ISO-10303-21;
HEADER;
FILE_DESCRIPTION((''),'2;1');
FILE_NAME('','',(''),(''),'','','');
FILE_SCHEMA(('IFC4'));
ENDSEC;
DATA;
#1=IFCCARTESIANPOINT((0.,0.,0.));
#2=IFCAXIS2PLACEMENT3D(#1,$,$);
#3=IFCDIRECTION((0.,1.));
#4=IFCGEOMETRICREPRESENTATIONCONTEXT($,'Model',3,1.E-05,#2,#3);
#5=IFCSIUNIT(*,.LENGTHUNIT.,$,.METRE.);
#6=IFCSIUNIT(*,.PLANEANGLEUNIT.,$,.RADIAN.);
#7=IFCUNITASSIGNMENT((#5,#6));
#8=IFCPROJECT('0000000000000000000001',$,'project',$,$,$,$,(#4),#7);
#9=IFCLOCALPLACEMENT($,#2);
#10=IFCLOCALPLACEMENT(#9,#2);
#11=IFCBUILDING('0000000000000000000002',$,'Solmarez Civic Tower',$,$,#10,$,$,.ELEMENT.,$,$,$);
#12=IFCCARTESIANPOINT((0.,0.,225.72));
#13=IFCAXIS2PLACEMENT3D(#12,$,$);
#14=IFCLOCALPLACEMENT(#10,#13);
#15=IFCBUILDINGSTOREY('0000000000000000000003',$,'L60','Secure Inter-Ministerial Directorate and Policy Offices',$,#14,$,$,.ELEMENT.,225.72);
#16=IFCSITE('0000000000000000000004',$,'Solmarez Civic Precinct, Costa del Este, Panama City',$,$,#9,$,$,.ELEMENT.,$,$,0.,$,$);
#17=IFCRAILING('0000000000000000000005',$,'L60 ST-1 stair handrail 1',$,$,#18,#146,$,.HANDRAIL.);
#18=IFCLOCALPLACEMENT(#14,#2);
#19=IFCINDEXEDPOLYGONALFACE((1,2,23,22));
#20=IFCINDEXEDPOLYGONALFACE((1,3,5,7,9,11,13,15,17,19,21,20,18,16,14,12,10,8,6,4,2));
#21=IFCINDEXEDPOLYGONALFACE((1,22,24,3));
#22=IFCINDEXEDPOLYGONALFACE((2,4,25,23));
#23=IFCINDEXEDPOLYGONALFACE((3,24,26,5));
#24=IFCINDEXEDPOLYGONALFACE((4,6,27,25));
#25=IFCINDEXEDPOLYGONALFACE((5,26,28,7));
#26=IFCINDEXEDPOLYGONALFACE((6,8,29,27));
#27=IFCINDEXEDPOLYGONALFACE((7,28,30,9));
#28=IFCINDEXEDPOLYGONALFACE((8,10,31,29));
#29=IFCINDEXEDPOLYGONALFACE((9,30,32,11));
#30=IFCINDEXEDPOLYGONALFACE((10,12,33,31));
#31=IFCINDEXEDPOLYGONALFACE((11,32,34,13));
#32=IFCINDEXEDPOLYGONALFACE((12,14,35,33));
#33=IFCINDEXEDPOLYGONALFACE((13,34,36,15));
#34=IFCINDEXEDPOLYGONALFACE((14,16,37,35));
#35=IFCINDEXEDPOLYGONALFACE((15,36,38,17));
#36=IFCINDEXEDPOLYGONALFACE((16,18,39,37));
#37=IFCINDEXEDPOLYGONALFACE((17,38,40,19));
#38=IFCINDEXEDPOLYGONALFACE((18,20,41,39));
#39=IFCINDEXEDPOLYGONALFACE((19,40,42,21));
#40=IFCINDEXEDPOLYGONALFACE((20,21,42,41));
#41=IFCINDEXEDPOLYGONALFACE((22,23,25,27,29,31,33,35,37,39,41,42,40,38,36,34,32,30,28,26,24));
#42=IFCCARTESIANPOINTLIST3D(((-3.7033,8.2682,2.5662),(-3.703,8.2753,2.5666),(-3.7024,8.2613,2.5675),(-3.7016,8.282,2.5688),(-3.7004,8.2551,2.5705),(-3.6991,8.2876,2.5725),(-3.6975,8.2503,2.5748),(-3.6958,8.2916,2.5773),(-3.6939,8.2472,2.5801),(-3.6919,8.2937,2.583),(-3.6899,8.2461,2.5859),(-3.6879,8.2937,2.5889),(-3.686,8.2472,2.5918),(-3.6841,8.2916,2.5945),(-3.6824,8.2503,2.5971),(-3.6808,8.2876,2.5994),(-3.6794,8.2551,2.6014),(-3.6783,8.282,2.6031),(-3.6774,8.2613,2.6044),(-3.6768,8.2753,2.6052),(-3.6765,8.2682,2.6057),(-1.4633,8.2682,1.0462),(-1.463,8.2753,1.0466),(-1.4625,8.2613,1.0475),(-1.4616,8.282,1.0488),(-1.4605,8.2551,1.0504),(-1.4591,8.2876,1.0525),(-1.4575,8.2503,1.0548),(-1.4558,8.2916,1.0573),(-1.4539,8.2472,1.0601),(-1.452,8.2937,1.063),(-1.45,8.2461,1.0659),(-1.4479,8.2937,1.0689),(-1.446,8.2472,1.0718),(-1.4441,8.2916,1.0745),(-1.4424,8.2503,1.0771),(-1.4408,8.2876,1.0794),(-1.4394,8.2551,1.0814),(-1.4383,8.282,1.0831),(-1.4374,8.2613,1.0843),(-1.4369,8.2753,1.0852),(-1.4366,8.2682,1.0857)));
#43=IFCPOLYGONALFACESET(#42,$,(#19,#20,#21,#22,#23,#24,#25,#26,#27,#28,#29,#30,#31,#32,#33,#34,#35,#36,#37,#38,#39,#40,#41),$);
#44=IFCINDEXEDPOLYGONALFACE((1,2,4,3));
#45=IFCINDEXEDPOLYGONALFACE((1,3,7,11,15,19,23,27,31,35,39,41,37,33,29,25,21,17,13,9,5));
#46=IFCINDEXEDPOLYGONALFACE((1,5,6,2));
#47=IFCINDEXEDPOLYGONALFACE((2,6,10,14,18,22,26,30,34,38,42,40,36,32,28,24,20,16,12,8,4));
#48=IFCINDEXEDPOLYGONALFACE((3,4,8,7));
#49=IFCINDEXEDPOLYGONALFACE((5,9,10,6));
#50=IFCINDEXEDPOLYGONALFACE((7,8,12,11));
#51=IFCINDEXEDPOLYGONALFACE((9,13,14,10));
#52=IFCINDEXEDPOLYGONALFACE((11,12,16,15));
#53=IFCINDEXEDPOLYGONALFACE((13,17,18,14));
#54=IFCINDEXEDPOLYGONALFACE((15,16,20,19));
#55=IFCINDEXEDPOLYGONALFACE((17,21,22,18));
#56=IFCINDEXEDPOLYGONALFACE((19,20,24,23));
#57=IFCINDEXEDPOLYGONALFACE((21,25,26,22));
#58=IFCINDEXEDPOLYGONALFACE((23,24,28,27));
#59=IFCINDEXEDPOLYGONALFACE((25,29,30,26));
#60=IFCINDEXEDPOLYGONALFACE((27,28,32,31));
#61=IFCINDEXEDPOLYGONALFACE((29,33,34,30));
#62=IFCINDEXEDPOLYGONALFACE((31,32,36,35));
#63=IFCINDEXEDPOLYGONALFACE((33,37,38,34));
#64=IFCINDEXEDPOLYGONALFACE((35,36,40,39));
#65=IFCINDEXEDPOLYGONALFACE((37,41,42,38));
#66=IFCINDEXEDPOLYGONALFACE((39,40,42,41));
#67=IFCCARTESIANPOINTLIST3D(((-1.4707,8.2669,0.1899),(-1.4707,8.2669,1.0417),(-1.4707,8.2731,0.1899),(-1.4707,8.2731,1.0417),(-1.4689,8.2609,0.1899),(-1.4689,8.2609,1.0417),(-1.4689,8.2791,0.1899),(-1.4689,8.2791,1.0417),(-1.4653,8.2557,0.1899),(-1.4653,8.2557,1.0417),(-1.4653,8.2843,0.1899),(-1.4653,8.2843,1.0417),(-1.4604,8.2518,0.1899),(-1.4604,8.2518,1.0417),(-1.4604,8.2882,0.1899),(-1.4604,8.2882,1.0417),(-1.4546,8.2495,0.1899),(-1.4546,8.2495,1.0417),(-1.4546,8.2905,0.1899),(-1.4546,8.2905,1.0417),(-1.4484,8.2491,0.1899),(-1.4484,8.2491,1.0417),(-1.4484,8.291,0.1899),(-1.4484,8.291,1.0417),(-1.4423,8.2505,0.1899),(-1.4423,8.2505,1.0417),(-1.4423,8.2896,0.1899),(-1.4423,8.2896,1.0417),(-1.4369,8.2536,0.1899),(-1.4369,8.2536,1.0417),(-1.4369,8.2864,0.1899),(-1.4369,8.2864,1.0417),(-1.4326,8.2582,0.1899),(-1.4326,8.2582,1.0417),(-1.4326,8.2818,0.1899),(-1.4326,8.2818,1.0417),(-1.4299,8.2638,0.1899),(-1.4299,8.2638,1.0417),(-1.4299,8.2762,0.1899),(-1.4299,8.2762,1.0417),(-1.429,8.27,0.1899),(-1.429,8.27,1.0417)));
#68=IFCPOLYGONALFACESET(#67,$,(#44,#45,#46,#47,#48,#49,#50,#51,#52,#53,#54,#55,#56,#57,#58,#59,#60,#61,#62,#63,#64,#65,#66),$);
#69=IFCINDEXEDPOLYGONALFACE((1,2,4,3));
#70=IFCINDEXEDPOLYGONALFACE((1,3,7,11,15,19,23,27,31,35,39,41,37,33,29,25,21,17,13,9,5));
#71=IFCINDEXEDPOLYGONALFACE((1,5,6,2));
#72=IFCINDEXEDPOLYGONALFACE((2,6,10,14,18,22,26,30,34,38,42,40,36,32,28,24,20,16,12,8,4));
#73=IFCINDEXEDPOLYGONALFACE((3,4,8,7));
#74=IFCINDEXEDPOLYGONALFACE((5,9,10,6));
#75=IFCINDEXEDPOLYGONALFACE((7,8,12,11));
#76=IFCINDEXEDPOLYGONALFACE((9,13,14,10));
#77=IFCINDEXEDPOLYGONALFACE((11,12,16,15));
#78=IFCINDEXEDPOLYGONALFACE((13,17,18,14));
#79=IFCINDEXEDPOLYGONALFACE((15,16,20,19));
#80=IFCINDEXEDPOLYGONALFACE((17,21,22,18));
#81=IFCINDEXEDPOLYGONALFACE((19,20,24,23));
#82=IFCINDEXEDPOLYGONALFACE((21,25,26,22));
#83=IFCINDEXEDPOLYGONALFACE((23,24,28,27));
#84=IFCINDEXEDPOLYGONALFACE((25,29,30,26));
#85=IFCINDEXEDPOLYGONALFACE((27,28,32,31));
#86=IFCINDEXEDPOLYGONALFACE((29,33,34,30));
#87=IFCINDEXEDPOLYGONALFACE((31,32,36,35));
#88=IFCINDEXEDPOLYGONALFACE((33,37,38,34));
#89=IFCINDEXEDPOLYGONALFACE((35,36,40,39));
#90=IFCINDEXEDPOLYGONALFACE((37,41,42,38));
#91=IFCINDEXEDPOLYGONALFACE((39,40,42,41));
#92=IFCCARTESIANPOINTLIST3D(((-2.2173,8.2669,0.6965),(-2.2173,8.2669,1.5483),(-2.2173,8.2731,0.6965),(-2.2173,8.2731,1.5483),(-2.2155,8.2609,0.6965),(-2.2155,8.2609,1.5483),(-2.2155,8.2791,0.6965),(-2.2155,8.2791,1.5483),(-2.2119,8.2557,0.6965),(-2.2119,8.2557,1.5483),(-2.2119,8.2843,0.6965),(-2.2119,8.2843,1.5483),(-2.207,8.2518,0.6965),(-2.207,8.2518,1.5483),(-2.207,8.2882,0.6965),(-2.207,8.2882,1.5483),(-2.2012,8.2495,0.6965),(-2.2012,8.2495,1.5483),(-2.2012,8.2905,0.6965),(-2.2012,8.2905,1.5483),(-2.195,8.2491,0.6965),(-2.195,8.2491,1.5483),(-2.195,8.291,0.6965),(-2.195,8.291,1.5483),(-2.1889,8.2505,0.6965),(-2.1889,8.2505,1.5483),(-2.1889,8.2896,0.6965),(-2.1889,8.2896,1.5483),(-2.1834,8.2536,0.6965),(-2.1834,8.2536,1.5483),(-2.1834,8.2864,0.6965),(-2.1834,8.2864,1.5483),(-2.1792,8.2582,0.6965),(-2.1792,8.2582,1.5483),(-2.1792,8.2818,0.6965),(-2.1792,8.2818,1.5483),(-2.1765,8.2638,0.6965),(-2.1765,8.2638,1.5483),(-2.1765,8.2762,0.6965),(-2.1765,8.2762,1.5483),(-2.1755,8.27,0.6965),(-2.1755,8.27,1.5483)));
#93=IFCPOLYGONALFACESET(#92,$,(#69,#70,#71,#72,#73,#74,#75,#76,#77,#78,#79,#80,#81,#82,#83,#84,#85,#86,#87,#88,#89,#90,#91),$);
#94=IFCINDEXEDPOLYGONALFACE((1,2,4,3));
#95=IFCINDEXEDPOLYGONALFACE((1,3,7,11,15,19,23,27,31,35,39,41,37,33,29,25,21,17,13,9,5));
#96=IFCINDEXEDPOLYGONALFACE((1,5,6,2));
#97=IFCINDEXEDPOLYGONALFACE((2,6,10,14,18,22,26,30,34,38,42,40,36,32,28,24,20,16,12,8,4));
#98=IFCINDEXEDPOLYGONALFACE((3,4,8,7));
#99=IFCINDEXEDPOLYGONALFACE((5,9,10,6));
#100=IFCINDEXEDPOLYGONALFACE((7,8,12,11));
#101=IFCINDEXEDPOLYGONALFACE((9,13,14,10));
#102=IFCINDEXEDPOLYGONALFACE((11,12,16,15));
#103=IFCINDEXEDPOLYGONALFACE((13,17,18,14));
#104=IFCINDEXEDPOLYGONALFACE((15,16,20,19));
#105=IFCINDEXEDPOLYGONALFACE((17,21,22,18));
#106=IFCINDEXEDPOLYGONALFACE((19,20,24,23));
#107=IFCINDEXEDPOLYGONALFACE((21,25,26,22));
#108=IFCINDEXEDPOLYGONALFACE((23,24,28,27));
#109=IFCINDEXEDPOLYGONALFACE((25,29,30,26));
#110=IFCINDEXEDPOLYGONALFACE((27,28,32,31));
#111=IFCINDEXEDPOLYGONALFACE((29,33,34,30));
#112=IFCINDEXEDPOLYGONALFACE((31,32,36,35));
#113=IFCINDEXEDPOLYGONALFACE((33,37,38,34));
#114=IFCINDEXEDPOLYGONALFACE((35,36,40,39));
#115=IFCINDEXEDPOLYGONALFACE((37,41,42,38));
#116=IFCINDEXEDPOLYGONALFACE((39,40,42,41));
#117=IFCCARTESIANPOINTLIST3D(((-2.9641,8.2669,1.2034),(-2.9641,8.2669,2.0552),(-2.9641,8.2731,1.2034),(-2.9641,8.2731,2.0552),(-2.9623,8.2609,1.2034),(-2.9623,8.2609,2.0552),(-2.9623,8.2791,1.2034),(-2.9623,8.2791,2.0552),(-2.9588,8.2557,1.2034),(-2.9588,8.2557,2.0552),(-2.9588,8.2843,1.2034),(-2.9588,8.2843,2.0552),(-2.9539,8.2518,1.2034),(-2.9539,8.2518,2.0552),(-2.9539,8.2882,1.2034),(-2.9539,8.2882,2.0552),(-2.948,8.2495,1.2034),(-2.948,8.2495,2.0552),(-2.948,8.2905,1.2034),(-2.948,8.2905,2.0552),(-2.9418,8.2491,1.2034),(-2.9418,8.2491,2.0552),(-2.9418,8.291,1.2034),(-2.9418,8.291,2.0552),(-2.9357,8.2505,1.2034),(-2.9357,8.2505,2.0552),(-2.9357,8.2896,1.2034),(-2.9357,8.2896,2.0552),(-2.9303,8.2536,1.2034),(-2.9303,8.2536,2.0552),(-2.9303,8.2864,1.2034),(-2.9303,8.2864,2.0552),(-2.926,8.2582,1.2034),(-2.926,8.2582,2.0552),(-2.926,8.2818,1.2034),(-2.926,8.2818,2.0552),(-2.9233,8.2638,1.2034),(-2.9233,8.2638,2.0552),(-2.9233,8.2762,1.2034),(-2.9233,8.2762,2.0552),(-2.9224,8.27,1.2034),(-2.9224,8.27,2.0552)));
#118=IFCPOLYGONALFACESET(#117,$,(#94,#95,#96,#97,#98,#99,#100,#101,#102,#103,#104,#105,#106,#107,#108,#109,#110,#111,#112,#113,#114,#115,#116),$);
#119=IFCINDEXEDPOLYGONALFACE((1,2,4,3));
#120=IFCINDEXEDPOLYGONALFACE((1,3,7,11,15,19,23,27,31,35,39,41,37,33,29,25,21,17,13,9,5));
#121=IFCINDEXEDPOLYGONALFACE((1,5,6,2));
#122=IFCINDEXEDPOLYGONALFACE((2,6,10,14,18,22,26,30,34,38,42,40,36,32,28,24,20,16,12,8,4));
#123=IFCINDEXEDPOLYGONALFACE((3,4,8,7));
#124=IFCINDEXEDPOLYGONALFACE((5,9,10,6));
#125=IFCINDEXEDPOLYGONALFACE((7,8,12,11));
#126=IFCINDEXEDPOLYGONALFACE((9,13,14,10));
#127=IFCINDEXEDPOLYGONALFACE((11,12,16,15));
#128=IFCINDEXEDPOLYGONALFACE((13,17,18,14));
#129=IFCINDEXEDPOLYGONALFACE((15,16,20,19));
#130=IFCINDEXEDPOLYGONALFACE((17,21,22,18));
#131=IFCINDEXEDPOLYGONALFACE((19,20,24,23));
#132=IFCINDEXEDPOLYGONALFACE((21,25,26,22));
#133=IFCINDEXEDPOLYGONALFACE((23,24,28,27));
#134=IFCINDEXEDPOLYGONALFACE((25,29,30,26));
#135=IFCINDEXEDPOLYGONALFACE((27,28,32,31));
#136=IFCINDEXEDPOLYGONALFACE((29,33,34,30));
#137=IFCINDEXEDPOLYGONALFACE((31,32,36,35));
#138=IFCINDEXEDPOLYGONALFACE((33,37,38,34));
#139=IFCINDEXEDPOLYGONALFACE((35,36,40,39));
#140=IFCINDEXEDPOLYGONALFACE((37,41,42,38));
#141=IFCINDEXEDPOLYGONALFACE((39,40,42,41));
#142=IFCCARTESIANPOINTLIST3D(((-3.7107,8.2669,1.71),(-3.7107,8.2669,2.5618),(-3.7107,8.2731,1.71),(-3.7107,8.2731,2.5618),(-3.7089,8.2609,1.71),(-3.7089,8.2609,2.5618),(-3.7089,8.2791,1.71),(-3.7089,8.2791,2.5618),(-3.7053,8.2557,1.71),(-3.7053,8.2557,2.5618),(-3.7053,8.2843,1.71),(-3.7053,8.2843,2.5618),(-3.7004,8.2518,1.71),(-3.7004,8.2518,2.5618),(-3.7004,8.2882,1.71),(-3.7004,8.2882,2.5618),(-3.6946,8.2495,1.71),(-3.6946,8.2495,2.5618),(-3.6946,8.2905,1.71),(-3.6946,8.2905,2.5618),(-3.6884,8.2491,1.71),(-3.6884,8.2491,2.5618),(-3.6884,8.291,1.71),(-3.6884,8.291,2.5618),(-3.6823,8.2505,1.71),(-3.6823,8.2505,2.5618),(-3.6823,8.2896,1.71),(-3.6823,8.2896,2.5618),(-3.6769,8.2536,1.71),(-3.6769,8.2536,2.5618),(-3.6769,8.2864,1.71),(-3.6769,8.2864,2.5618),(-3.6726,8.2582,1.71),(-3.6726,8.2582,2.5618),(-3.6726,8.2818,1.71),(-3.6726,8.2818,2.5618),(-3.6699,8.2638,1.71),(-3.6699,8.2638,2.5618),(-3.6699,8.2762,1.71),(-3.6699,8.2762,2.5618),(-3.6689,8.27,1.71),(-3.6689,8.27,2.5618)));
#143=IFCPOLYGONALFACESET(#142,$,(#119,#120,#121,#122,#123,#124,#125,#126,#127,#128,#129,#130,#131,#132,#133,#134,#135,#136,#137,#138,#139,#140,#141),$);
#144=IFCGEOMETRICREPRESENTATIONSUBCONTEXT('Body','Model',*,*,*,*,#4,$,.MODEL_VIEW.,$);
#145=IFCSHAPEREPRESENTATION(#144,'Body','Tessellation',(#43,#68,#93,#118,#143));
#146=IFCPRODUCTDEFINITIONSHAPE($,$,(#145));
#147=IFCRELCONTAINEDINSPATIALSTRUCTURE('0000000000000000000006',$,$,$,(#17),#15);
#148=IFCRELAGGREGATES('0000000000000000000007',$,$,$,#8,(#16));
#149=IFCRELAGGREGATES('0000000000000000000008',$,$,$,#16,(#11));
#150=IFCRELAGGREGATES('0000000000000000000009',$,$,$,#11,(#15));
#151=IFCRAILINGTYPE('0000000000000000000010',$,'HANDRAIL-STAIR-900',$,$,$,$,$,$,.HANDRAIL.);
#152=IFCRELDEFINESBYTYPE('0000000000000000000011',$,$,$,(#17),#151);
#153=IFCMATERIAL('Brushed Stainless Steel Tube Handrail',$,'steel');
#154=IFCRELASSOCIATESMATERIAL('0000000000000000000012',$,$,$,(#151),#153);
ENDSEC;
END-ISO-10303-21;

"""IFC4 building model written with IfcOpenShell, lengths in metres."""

from ifc_helpers import new_model, si_unit, direction, frame, origin, origin_2d, place, context, subcontext, project, spatial, circle, extrude, material, type_object, element, save


model = new_model("IFC4")

# Units and contexts
model_context = context("Model", 3, precision=1e-05, world=origin(), true_north=direction((0.0, 1.0)))
body_context = subcontext(model_context, "Body", "Model", "MODEL_VIEW")
ifc_project = project(units=[si_unit("LENGTHUNIT", "METRE"), si_unit("PLANEANGLEUNIT", "RADIAN")], contexts=[model_context])

# Site, building, storey
site_placement = place(None, origin())
site = spatial("IfcSite", under=ifc_project, at=site_placement, Name="Solmarez Civic Precinct, Costa del Este, Panama City", CompositionType="ELEMENT", RefElevation=0.0)
building_placement = place(site_placement, origin())
building = spatial("IfcBuilding", under=site, at=building_placement, Name="Solmarez Civic Tower", CompositionType="ELEMENT")
storey_placement = place(building_placement, frame((0.0, 0.0, 225.72)))
storey = spatial("IfcBuildingStorey", under=building, at=storey_placement, Name="L60", Description="Secure Inter-Ministerial Directorate and Policy Offices", CompositionType="ELEMENT", Elevation=225.72)

# Railing
ifc_material_1 = material(Name="Brushed Stainless Steel Tube Handrail", Category="steel")
railing_type_1 = type_object("IfcRailingType", Name="HANDRAIL-STAIR-900", PredefinedType="HANDRAIL", material=ifc_material_1)
railing_1_placement = place(storey_placement, frame((-1.45, 8.27, 0.1899)))
element("IfcRailing", 1, at=railing_1_placement, inside=storey, type_object=railing_type_1, Name="L60 ST-1 stair handrail 1", PredefinedType="HANDRAIL", context=body_context, shape_type="SweptSolid", body=[
    extrude(circle(Radius=0.0239, at=origin_2d()), frame((0.0, 0.0, 0.876), z_axis=(-0.827471, 0.0, 0.561508), x_axis=(0.0, -1.0, 0.0)), (0.0, 0.0, 1.0), 2.707),
    extrude(circle(Radius=0.021, at=origin_2d()), origin(), (0.0, 0.0, 1.0), 0.8518),
    extrude(circle(Radius=0.021, at=origin_2d()), frame((-0.7466, 0.0, 0.5066)), (0.0, 0.0, 1.0), 0.8518),
    extrude(circle(Radius=0.021, at=origin_2d()), frame((-1.4934, 0.0, 1.0134)), (0.0, 0.0, 1.0), 0.8518),
    extrude(circle(Radius=0.021, at=origin_2d()), frame((-2.24, 0.0, 1.52)), (0.0, 0.0, 1.0), 0.8518),
])

save(model, "model.ifc")
